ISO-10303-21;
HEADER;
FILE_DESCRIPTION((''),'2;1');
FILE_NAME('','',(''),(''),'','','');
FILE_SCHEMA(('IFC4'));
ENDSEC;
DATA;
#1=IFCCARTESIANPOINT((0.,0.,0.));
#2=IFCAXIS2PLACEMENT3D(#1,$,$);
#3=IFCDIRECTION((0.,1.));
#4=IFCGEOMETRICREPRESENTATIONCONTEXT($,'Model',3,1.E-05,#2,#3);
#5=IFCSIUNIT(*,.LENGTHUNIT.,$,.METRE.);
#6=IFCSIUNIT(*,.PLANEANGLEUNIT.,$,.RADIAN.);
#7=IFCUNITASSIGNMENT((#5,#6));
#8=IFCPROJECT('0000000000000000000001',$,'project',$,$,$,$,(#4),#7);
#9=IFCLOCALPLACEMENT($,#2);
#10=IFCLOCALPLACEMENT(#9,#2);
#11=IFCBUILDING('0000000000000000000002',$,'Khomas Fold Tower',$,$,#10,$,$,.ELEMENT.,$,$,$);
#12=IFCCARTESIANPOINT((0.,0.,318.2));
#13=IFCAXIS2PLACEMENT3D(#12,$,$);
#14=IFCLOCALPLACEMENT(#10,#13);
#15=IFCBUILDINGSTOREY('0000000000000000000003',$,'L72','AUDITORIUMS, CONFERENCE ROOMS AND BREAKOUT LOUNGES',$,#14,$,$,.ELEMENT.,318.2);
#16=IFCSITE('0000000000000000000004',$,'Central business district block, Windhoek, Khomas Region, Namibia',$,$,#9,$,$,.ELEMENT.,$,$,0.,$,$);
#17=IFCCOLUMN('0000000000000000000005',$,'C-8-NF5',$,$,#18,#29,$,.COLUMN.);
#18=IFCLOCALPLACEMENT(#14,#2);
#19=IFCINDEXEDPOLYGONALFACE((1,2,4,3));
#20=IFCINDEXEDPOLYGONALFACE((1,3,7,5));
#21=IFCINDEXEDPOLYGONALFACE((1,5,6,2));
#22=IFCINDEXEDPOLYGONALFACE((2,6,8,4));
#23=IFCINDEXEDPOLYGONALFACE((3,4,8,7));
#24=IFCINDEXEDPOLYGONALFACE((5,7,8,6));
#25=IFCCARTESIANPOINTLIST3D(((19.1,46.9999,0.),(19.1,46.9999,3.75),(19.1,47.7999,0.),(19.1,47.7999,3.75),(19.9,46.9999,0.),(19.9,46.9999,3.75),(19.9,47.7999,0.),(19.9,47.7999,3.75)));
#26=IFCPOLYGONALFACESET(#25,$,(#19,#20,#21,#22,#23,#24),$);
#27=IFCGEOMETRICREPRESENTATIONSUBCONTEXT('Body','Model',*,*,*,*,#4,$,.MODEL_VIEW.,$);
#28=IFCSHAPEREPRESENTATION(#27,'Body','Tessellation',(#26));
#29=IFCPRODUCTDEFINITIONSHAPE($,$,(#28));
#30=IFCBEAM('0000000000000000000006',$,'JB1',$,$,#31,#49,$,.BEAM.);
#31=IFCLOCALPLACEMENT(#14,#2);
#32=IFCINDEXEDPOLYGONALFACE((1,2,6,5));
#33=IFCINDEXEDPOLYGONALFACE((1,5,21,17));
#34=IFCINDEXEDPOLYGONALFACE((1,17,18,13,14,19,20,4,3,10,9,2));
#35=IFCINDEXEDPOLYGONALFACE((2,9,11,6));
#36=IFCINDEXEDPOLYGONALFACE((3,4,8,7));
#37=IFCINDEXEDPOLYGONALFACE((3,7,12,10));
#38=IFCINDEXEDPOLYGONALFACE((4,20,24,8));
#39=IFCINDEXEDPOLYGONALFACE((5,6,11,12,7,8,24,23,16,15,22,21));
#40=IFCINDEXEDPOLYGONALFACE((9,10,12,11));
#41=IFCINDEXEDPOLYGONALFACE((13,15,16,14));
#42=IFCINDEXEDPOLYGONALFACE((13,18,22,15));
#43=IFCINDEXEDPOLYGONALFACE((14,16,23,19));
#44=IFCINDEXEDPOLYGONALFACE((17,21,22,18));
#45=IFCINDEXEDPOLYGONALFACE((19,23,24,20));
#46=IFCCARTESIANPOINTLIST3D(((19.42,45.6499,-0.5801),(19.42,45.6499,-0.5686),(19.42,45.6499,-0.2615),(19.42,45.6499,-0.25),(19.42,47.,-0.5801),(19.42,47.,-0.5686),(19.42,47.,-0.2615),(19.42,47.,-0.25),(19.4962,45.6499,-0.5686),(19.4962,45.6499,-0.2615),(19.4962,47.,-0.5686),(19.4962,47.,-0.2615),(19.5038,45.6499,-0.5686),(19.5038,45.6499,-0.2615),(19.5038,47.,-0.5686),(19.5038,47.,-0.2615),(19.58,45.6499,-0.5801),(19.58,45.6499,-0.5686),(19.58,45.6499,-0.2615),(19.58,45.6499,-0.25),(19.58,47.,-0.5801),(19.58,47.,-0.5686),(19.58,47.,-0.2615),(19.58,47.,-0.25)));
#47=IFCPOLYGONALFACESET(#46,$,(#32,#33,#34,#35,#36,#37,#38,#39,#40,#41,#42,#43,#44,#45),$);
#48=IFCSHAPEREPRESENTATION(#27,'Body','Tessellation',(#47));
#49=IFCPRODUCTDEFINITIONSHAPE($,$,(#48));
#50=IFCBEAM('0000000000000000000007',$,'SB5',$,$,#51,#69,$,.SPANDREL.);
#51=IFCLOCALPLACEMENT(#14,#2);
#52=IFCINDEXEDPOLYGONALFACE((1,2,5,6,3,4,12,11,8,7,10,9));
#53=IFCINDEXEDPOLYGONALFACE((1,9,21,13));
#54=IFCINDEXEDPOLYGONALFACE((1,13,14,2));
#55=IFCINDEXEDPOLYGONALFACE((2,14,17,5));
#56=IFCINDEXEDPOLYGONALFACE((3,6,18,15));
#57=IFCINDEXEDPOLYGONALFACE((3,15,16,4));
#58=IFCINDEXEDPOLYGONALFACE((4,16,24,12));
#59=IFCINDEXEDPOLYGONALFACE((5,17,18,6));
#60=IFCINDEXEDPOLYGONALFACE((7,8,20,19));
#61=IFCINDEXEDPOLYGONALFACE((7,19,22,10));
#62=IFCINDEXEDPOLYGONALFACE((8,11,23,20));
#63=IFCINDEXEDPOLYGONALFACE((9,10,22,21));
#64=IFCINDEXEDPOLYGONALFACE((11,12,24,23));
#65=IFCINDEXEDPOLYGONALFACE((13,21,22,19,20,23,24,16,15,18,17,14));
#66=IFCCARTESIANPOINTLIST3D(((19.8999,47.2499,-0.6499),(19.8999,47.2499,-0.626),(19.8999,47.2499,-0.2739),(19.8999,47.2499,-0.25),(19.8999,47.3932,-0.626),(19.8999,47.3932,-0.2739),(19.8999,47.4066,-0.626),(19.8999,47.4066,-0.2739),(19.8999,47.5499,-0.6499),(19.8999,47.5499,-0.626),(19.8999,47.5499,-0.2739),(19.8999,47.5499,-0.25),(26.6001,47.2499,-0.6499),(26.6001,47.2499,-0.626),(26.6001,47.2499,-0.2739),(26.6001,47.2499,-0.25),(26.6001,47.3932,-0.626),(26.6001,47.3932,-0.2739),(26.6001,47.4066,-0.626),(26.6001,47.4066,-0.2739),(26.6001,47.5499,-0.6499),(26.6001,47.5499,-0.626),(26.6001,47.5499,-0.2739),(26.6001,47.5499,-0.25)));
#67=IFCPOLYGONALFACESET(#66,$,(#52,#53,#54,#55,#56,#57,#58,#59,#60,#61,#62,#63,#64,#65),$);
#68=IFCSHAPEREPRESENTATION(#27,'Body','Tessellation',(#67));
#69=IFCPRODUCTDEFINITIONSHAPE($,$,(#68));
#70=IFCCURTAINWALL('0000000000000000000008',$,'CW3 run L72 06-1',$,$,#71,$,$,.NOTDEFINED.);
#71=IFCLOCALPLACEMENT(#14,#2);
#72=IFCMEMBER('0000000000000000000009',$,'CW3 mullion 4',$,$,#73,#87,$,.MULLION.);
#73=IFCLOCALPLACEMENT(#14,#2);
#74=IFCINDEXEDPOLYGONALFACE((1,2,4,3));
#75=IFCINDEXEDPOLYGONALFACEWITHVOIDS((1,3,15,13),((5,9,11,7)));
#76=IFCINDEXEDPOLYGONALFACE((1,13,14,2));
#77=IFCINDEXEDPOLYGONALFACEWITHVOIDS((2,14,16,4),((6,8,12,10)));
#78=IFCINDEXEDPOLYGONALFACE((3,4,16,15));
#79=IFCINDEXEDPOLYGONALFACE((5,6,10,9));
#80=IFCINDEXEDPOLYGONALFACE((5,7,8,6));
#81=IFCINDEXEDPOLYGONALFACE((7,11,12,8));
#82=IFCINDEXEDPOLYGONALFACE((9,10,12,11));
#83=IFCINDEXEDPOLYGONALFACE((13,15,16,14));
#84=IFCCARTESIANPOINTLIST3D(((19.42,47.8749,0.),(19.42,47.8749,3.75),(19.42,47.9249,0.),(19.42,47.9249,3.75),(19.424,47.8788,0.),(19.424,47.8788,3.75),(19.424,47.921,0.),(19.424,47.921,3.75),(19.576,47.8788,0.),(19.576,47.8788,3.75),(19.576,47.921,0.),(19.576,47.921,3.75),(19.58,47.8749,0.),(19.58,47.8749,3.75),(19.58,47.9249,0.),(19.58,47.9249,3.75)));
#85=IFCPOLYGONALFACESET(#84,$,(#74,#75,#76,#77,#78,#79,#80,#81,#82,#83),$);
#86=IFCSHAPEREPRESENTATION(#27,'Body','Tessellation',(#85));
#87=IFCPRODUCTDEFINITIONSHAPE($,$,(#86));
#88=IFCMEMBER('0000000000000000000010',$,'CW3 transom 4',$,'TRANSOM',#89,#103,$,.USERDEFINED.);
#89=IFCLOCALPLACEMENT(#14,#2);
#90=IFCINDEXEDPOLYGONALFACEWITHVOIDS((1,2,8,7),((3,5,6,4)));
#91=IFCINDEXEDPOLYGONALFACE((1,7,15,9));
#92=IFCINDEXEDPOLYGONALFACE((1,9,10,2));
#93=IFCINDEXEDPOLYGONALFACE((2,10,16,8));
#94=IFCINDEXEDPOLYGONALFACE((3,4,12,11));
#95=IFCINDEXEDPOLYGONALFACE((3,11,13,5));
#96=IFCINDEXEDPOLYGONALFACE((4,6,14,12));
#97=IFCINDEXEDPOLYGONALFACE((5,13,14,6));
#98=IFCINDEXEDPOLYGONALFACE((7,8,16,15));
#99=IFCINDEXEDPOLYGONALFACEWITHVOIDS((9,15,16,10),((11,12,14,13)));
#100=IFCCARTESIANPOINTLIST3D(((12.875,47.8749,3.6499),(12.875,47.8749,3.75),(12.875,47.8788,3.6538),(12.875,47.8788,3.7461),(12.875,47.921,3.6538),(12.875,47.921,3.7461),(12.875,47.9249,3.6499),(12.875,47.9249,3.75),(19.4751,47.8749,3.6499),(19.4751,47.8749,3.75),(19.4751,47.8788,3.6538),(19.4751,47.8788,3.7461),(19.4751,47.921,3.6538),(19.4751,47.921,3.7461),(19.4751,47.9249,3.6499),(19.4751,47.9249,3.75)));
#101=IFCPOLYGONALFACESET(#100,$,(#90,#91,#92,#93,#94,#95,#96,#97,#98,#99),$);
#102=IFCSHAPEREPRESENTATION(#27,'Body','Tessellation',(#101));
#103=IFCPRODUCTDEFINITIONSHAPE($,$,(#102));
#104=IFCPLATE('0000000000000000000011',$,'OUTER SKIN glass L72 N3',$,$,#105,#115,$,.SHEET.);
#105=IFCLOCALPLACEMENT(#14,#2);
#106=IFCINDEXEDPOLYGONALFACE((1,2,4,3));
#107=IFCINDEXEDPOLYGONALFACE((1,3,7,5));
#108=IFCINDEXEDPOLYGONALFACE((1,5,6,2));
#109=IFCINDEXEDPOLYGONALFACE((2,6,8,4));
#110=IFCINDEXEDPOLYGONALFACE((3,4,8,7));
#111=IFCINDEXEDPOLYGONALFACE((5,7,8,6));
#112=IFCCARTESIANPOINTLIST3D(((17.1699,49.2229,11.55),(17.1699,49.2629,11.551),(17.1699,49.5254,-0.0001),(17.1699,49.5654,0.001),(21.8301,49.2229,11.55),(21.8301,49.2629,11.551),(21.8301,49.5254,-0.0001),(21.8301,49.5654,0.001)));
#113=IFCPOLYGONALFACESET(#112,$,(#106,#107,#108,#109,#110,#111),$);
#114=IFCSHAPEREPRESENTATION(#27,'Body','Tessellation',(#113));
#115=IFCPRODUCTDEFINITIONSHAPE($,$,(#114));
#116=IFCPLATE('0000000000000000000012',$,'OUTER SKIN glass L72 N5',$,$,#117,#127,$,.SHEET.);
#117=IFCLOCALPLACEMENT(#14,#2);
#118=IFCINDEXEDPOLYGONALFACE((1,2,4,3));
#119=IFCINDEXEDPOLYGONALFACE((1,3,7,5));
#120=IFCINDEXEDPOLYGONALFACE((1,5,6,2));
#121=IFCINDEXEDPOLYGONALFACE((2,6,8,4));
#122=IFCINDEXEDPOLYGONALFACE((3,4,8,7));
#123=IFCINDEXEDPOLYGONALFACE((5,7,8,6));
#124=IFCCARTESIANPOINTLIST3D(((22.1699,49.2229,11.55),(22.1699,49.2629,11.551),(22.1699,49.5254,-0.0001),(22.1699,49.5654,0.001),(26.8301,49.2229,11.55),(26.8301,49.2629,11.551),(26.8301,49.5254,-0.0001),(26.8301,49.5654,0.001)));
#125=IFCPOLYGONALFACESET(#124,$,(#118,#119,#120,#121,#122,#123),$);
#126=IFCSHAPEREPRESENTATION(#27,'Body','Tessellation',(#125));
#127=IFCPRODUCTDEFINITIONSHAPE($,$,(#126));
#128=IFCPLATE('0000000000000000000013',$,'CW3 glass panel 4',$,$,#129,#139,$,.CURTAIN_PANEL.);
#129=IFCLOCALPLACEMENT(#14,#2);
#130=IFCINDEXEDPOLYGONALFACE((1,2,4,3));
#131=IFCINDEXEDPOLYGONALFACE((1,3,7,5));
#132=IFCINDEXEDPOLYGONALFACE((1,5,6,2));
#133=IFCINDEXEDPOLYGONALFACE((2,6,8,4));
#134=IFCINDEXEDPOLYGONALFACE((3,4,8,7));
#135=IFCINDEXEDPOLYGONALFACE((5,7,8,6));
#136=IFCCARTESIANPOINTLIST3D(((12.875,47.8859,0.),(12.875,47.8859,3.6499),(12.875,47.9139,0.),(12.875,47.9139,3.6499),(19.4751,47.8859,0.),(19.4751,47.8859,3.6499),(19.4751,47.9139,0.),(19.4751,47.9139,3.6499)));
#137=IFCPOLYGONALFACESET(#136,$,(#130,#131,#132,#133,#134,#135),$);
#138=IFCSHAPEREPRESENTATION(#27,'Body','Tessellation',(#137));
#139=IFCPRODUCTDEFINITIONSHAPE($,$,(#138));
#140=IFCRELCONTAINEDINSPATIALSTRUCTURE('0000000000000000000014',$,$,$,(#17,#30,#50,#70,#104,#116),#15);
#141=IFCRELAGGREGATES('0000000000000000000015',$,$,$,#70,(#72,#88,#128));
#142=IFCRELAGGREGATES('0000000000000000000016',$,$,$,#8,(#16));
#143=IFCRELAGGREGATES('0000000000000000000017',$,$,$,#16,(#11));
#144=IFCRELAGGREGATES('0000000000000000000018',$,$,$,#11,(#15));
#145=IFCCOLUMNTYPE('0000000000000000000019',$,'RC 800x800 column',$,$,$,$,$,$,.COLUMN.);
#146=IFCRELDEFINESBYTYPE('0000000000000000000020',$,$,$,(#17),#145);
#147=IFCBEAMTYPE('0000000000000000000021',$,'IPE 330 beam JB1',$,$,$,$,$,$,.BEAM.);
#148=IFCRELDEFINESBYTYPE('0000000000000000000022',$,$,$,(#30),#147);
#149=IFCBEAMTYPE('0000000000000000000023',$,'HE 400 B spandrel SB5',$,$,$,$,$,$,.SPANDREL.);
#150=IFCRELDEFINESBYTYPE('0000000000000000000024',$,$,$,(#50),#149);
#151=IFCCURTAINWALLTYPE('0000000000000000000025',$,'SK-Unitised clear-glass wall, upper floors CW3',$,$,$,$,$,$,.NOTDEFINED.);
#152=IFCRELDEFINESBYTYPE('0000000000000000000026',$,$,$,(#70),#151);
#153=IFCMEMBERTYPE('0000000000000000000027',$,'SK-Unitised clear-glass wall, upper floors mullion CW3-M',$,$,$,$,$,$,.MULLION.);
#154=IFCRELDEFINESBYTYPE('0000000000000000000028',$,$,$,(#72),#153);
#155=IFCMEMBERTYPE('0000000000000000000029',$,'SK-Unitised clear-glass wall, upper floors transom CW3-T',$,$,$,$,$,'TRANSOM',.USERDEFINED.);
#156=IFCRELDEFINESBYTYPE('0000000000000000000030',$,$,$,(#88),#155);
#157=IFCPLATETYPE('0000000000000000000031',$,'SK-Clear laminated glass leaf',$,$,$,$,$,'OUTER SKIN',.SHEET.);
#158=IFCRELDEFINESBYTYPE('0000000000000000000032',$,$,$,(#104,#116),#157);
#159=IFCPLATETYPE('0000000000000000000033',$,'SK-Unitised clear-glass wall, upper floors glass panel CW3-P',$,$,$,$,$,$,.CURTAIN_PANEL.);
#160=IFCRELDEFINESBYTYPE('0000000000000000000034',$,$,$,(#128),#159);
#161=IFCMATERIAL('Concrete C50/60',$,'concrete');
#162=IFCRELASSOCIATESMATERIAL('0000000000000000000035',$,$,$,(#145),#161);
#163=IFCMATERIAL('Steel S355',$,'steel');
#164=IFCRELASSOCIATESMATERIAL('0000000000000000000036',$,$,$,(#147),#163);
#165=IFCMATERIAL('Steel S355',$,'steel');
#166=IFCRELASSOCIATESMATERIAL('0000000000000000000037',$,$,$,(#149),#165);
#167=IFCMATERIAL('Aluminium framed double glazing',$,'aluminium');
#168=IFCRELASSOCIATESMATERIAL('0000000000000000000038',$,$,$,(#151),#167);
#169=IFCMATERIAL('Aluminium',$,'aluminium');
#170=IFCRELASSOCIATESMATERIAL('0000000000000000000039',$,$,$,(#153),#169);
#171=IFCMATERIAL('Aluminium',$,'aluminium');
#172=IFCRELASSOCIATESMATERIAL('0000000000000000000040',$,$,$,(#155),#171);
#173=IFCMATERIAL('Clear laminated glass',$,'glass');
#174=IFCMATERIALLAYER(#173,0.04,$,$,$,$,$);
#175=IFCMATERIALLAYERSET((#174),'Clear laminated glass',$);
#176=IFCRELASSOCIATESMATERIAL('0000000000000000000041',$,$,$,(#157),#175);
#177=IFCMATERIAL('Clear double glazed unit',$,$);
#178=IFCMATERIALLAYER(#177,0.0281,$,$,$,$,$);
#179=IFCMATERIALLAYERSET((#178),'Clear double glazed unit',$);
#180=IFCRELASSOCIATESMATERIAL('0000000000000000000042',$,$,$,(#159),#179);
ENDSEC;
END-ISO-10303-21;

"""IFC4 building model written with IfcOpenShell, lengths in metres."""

from ifc_helpers import new_model, si_unit, direction, frame, origin, origin_2d, place, context, subcontext, project, spatial, polyline, rectangle, hollow_rectangle, i_section, outline, extrude, source, transform, mapped, material, layer, layer_set, material_profile, profile_set, type_object, element, aggregate, save


model = new_model("IFC4")

# Units and contexts
model_context = context("Model", 3, precision=1e-05, world=origin(), true_north=direction((0.0, 1.0)))
body_context = subcontext(model_context, "Body", "Model", "MODEL_VIEW")
ifc_project = project(units=[si_unit("LENGTHUNIT", "METRE"), si_unit("PLANEANGLEUNIT", "RADIAN")], contexts=[model_context])

# Site, building, storey
site_placement = place(None, origin())
site = spatial("IfcSite", under=ifc_project, at=site_placement, Name="Central business district block, Windhoek, Khomas Region, Namibia", CompositionType="ELEMENT", RefElevation=0.0)
building_placement = place(site_placement, origin())
building = spatial("IfcBuilding", under=site, at=building_placement, Name="Khomas Fold Tower", CompositionType="ELEMENT")
storey_placement = place(building_placement, frame((0.0, 0.0, 318.2)))
storey = spatial("IfcBuildingStorey", under=building, at=storey_placement, Name="L72", Description="AUDITORIUMS, CONFERENCE ROOMS AND BREAKOUT LOUNGES", CompositionType="ELEMENT", Elevation=318.2)

# Column
ifc_material_1 = material(Name="Concrete C50/60", Category="concrete")
ifc_material_profile_1 = material_profile(ifc_material_1, rectangle(XDim=0.8, YDim=0.8, at=origin_2d()), Name="RC 800x800")
ifc_profile_set_1 = profile_set([ifc_material_profile_1], Name="Concrete C50/60")
column_type = type_object("IfcColumnType", Name="RC 800x800 column", PredefinedType="COLUMN", material=ifc_profile_set_1)
shared_shape_1 = source(origin(), body_context, "Body", "SweptSolid", [
    extrude(rectangle(XDim=0.8, YDim=0.8, at=origin_2d()), origin(), (0.0, 0.0, 1.0), 3.75),
])
column_placement = place(storey_placement, frame((19.5, 47.3999, 0.0), z_axis=(0.0, 0.0, 1.0), x_axis=(1.0, 0.0, 0.0)))
element("IfcColumn", 1, at=column_placement, inside=storey, type_object=column_type, Name="C-8-NF5", PredefinedType="COLUMN", context=body_context, shape_type="MappedRepresentation", body=[
    mapped(shared_shape_1, transform((0.0, 0.0, 0.0))),
])

# Beams
ifc_material_2 = material(Name="Steel S355", Category="steel")
ifc_material_profile_2 = material_profile(ifc_material_2, i_section(OverallWidth=0.1599, OverallDepth=0.3301, WebThickness=0.0076, FlangeThickness=0.0115, at=origin_2d()), Name="IPE 330")
ifc_profile_set_2 = profile_set([ifc_material_profile_2], Name="Steel S355")
beam_type_1 = type_object("IfcBeamType", Name="IPE 330 beam JB1", PredefinedType="BEAM", material=ifc_profile_set_2)
shared_shape_2 = source(origin(), body_context, "Body", "SweptSolid", [
    extrude(i_section(OverallWidth=0.1599, OverallDepth=0.3301, WebThickness=0.0076, FlangeThickness=0.0115, at=origin_2d()), origin(), (0.0, 0.0, 1.0), 1.3501),
])
beam_1_placement = place(storey_placement, frame((19.5, 45.6499, -0.415), z_axis=(0.0, 1.0, 0.0), x_axis=(-1.0, 0.0, 0.0)))
element("IfcBeam", 2, at=beam_1_placement, inside=storey, type_object=beam_type_1, Name="JB1", PredefinedType="BEAM", context=body_context, shape_type="MappedRepresentation", body=[
    mapped(shared_shape_2, transform((0.0, 0.0, 0.0))),
])
ifc_material_3 = material(Name="Steel S355", Category="steel")
ifc_material_profile_3 = material_profile(ifc_material_3, i_section(OverallWidth=0.3, OverallDepth=0.3999, WebThickness=0.0134, FlangeThickness=0.0239, at=origin_2d()), Name="HE 400 B")
ifc_profile_set_3 = profile_set([ifc_material_profile_3], Name="Steel S355")
beam_type_2 = type_object("IfcBeamType", Name="HE 400 B spandrel SB5", PredefinedType="SPANDREL", material=ifc_profile_set_3)
shared_shape_3 = source(origin(), body_context, "Body", "SweptSolid", [
    extrude(i_section(OverallWidth=0.3, OverallDepth=0.3999, WebThickness=0.0134, FlangeThickness=0.0239, at=origin_2d()), origin(), (0.0, 0.0, 1.0), 6.7002),
])
beam_2_placement = place(storey_placement, frame((19.8999, 47.3999, -0.45), z_axis=(1.0, 0.0, 0.0), x_axis=(0.0, 1.0, 0.0)))
element("IfcBeam", 3, at=beam_2_placement, inside=storey, type_object=beam_type_2, Name="SB5", PredefinedType="SPANDREL", context=body_context, shape_type="MappedRepresentation", body=[
    mapped(shared_shape_3, transform((0.0, 0.0, 0.0))),
])

# Curtain wall, members
ifc_material_4 = material(Name="Aluminium framed double glazing", Category="aluminium")
curtain_wall_type = type_object("IfcCurtainWallType", Name="SK-Unitised clear-glass wall, upper floors CW3", PredefinedType="NOTDEFINED", material=ifc_material_4)
curtain_wall_placement = place(storey_placement, origin())
curtain_wall = element("IfcCurtainWall", 4, at=curtain_wall_placement, inside=storey, type_object=curtain_wall_type, Name="CW3 run L72 06-1", PredefinedType="NOTDEFINED")
ifc_material_5 = material(Name="Aluminium", Category="aluminium")
ifc_material_profile_4 = material_profile(ifc_material_5, hollow_rectangle(XDim=0.05, YDim=0.1599, WallThickness=0.0039, at=origin_2d()), Name="SK-Unitised clear-glass wall, upper floors mullion CW3-M")
ifc_profile_set_4 = profile_set([ifc_material_profile_4], Name="Aluminium")
member_type_1 = type_object("IfcMemberType", Name="SK-Unitised clear-glass wall, upper floors mullion CW3-M", PredefinedType="MULLION", material=ifc_profile_set_4)
shared_shape_4 = source(origin(), body_context, "Body", "SweptSolid", [
    extrude(hollow_rectangle(XDim=0.05, YDim=0.1599, WallThickness=0.0039, at=origin_2d()), origin(), (0.0, 0.0, 1.0), 3.75),
])
member_1_placement = place(storey_placement, frame((19.5, 47.8999, 0.0), z_axis=(0.0, 0.0, 1.0), x_axis=(0.0, -1.0, 0.0)))
member_1 = element("IfcMember", 5, at=member_1_placement, type_object=member_type_1, Name="CW3 mullion 4", PredefinedType="MULLION", context=body_context, shape_type="MappedRepresentation", body=[
    mapped(shared_shape_4, transform((0.0, 0.0, 0.0))),
])
ifc_material_6 = material(Name="Aluminium", Category="aluminium")
ifc_material_profile_5 = material_profile(ifc_material_6, hollow_rectangle(XDim=0.05, YDim=0.1001, WallThickness=0.0039, at=origin_2d()), Name="SK-Unitised clear-glass wall, upper floors transom CW3-T")
ifc_profile_set_5 = profile_set([ifc_material_profile_5], Name="Aluminium")
member_type_2 = type_object("IfcMemberType", Name="SK-Unitised clear-glass wall, upper floors transom CW3-T", ElementType="TRANSOM", PredefinedType="USERDEFINED", material=ifc_profile_set_5)
shared_shape_5 = source(origin(), body_context, "Body", "SweptSolid", [
    extrude(hollow_rectangle(XDim=0.05, YDim=0.1001, WallThickness=0.0039, at=origin_2d()), origin(), (0.0, 0.0, 1.0), 6.6001),
])
member_2_placement = place(storey_placement, frame((19.4751, 47.8999, 3.7), z_axis=(-1.0, 0.0, 0.0), x_axis=(0.0, -1.0, 0.0)))
member_2 = element("IfcMember", 6, at=member_2_placement, type_object=member_type_2, Name="CW3 transom 4", ObjectType="TRANSOM", PredefinedType="USERDEFINED", context=body_context, shape_type="MappedRepresentation", body=[
    mapped(shared_shape_5, transform((0.0, 0.0, 0.0))),
])

# Plates
ifc_material_7 = material(Name="Clear laminated glass", Category="glass")
ifc_layer_1 = layer(ifc_material_7, 0.04)
ifc_layer_set_1 = layer_set([ifc_layer_1], Name="Clear laminated glass")
plate_type_1 = type_object("IfcPlateType", Name="SK-Clear laminated glass leaf", ElementType="OUTER SKIN", PredefinedType="SHEET", material=ifc_layer_set_1)
for number, where, z_axis, x_axis, name in (
    (7, (17.1699, 49.5654, 0.001), (0.0, 0.999657, 0.026181), (1.0, 0.0, 0.0), "OUTER SKIN glass L72 N3"),
    (8, (22.1699, 49.5654, 0.001), (0.0, 0.999657, 0.026181), (1.0, 0.0, 0.0), "OUTER SKIN glass L72 N5"),
):
    element("IfcPlate", number, at=place(storey_placement, frame(where, z_axis=z_axis, x_axis=x_axis)), inside=storey, type_object=plate_type_1, Name=name, PredefinedType="SHEET", context=body_context, shape_type="SweptSolid", body=[
        extrude(outline(polyline([(0.0, 0.0), (4.6602, 0.0), (4.6602, -11.554), (0.0, -11.554), (0.0, 0.0)])), origin(), (0.0, 0.0, -1.0), 0.04),
    ])

# Plate
ifc_material_8 = material(Name="Clear double glazed unit")
ifc_layer_2 = layer(ifc_material_8, 0.0281)
ifc_layer_set_2 = layer_set([ifc_layer_2], Name="Clear double glazed unit")
plate_type_2 = type_object("IfcPlateType", Name="SK-Unitised clear-glass wall, upper floors glass panel CW3-P", PredefinedType="CURTAIN_PANEL", material=ifc_layer_set_2)
shared_shape_6 = source(origin(), body_context, "Body", "SweptSolid", [
    extrude(rectangle(XDim=6.6001, YDim=0.0281, at=origin_2d()), origin(), (0.0, 0.0, 1.0), 3.6499),
])
plate_placement = place(storey_placement, frame((16.175, 47.8999, 0.0), z_axis=(0.0, 0.0, 1.0), x_axis=(-1.0, 0.0, 0.0)))
plate = element("IfcPlate", 9, at=plate_placement, type_object=plate_type_2, Name="CW3 glass panel 4", PredefinedType="CURTAIN_PANEL", context=body_context, shape_type="MappedRepresentation", body=[
    mapped(shared_shape_6, transform((0.0, 0.0, 0.0))),
])
aggregate(curtain_wall, [member_1, member_2, plate])

save(model, "model.ifc")
